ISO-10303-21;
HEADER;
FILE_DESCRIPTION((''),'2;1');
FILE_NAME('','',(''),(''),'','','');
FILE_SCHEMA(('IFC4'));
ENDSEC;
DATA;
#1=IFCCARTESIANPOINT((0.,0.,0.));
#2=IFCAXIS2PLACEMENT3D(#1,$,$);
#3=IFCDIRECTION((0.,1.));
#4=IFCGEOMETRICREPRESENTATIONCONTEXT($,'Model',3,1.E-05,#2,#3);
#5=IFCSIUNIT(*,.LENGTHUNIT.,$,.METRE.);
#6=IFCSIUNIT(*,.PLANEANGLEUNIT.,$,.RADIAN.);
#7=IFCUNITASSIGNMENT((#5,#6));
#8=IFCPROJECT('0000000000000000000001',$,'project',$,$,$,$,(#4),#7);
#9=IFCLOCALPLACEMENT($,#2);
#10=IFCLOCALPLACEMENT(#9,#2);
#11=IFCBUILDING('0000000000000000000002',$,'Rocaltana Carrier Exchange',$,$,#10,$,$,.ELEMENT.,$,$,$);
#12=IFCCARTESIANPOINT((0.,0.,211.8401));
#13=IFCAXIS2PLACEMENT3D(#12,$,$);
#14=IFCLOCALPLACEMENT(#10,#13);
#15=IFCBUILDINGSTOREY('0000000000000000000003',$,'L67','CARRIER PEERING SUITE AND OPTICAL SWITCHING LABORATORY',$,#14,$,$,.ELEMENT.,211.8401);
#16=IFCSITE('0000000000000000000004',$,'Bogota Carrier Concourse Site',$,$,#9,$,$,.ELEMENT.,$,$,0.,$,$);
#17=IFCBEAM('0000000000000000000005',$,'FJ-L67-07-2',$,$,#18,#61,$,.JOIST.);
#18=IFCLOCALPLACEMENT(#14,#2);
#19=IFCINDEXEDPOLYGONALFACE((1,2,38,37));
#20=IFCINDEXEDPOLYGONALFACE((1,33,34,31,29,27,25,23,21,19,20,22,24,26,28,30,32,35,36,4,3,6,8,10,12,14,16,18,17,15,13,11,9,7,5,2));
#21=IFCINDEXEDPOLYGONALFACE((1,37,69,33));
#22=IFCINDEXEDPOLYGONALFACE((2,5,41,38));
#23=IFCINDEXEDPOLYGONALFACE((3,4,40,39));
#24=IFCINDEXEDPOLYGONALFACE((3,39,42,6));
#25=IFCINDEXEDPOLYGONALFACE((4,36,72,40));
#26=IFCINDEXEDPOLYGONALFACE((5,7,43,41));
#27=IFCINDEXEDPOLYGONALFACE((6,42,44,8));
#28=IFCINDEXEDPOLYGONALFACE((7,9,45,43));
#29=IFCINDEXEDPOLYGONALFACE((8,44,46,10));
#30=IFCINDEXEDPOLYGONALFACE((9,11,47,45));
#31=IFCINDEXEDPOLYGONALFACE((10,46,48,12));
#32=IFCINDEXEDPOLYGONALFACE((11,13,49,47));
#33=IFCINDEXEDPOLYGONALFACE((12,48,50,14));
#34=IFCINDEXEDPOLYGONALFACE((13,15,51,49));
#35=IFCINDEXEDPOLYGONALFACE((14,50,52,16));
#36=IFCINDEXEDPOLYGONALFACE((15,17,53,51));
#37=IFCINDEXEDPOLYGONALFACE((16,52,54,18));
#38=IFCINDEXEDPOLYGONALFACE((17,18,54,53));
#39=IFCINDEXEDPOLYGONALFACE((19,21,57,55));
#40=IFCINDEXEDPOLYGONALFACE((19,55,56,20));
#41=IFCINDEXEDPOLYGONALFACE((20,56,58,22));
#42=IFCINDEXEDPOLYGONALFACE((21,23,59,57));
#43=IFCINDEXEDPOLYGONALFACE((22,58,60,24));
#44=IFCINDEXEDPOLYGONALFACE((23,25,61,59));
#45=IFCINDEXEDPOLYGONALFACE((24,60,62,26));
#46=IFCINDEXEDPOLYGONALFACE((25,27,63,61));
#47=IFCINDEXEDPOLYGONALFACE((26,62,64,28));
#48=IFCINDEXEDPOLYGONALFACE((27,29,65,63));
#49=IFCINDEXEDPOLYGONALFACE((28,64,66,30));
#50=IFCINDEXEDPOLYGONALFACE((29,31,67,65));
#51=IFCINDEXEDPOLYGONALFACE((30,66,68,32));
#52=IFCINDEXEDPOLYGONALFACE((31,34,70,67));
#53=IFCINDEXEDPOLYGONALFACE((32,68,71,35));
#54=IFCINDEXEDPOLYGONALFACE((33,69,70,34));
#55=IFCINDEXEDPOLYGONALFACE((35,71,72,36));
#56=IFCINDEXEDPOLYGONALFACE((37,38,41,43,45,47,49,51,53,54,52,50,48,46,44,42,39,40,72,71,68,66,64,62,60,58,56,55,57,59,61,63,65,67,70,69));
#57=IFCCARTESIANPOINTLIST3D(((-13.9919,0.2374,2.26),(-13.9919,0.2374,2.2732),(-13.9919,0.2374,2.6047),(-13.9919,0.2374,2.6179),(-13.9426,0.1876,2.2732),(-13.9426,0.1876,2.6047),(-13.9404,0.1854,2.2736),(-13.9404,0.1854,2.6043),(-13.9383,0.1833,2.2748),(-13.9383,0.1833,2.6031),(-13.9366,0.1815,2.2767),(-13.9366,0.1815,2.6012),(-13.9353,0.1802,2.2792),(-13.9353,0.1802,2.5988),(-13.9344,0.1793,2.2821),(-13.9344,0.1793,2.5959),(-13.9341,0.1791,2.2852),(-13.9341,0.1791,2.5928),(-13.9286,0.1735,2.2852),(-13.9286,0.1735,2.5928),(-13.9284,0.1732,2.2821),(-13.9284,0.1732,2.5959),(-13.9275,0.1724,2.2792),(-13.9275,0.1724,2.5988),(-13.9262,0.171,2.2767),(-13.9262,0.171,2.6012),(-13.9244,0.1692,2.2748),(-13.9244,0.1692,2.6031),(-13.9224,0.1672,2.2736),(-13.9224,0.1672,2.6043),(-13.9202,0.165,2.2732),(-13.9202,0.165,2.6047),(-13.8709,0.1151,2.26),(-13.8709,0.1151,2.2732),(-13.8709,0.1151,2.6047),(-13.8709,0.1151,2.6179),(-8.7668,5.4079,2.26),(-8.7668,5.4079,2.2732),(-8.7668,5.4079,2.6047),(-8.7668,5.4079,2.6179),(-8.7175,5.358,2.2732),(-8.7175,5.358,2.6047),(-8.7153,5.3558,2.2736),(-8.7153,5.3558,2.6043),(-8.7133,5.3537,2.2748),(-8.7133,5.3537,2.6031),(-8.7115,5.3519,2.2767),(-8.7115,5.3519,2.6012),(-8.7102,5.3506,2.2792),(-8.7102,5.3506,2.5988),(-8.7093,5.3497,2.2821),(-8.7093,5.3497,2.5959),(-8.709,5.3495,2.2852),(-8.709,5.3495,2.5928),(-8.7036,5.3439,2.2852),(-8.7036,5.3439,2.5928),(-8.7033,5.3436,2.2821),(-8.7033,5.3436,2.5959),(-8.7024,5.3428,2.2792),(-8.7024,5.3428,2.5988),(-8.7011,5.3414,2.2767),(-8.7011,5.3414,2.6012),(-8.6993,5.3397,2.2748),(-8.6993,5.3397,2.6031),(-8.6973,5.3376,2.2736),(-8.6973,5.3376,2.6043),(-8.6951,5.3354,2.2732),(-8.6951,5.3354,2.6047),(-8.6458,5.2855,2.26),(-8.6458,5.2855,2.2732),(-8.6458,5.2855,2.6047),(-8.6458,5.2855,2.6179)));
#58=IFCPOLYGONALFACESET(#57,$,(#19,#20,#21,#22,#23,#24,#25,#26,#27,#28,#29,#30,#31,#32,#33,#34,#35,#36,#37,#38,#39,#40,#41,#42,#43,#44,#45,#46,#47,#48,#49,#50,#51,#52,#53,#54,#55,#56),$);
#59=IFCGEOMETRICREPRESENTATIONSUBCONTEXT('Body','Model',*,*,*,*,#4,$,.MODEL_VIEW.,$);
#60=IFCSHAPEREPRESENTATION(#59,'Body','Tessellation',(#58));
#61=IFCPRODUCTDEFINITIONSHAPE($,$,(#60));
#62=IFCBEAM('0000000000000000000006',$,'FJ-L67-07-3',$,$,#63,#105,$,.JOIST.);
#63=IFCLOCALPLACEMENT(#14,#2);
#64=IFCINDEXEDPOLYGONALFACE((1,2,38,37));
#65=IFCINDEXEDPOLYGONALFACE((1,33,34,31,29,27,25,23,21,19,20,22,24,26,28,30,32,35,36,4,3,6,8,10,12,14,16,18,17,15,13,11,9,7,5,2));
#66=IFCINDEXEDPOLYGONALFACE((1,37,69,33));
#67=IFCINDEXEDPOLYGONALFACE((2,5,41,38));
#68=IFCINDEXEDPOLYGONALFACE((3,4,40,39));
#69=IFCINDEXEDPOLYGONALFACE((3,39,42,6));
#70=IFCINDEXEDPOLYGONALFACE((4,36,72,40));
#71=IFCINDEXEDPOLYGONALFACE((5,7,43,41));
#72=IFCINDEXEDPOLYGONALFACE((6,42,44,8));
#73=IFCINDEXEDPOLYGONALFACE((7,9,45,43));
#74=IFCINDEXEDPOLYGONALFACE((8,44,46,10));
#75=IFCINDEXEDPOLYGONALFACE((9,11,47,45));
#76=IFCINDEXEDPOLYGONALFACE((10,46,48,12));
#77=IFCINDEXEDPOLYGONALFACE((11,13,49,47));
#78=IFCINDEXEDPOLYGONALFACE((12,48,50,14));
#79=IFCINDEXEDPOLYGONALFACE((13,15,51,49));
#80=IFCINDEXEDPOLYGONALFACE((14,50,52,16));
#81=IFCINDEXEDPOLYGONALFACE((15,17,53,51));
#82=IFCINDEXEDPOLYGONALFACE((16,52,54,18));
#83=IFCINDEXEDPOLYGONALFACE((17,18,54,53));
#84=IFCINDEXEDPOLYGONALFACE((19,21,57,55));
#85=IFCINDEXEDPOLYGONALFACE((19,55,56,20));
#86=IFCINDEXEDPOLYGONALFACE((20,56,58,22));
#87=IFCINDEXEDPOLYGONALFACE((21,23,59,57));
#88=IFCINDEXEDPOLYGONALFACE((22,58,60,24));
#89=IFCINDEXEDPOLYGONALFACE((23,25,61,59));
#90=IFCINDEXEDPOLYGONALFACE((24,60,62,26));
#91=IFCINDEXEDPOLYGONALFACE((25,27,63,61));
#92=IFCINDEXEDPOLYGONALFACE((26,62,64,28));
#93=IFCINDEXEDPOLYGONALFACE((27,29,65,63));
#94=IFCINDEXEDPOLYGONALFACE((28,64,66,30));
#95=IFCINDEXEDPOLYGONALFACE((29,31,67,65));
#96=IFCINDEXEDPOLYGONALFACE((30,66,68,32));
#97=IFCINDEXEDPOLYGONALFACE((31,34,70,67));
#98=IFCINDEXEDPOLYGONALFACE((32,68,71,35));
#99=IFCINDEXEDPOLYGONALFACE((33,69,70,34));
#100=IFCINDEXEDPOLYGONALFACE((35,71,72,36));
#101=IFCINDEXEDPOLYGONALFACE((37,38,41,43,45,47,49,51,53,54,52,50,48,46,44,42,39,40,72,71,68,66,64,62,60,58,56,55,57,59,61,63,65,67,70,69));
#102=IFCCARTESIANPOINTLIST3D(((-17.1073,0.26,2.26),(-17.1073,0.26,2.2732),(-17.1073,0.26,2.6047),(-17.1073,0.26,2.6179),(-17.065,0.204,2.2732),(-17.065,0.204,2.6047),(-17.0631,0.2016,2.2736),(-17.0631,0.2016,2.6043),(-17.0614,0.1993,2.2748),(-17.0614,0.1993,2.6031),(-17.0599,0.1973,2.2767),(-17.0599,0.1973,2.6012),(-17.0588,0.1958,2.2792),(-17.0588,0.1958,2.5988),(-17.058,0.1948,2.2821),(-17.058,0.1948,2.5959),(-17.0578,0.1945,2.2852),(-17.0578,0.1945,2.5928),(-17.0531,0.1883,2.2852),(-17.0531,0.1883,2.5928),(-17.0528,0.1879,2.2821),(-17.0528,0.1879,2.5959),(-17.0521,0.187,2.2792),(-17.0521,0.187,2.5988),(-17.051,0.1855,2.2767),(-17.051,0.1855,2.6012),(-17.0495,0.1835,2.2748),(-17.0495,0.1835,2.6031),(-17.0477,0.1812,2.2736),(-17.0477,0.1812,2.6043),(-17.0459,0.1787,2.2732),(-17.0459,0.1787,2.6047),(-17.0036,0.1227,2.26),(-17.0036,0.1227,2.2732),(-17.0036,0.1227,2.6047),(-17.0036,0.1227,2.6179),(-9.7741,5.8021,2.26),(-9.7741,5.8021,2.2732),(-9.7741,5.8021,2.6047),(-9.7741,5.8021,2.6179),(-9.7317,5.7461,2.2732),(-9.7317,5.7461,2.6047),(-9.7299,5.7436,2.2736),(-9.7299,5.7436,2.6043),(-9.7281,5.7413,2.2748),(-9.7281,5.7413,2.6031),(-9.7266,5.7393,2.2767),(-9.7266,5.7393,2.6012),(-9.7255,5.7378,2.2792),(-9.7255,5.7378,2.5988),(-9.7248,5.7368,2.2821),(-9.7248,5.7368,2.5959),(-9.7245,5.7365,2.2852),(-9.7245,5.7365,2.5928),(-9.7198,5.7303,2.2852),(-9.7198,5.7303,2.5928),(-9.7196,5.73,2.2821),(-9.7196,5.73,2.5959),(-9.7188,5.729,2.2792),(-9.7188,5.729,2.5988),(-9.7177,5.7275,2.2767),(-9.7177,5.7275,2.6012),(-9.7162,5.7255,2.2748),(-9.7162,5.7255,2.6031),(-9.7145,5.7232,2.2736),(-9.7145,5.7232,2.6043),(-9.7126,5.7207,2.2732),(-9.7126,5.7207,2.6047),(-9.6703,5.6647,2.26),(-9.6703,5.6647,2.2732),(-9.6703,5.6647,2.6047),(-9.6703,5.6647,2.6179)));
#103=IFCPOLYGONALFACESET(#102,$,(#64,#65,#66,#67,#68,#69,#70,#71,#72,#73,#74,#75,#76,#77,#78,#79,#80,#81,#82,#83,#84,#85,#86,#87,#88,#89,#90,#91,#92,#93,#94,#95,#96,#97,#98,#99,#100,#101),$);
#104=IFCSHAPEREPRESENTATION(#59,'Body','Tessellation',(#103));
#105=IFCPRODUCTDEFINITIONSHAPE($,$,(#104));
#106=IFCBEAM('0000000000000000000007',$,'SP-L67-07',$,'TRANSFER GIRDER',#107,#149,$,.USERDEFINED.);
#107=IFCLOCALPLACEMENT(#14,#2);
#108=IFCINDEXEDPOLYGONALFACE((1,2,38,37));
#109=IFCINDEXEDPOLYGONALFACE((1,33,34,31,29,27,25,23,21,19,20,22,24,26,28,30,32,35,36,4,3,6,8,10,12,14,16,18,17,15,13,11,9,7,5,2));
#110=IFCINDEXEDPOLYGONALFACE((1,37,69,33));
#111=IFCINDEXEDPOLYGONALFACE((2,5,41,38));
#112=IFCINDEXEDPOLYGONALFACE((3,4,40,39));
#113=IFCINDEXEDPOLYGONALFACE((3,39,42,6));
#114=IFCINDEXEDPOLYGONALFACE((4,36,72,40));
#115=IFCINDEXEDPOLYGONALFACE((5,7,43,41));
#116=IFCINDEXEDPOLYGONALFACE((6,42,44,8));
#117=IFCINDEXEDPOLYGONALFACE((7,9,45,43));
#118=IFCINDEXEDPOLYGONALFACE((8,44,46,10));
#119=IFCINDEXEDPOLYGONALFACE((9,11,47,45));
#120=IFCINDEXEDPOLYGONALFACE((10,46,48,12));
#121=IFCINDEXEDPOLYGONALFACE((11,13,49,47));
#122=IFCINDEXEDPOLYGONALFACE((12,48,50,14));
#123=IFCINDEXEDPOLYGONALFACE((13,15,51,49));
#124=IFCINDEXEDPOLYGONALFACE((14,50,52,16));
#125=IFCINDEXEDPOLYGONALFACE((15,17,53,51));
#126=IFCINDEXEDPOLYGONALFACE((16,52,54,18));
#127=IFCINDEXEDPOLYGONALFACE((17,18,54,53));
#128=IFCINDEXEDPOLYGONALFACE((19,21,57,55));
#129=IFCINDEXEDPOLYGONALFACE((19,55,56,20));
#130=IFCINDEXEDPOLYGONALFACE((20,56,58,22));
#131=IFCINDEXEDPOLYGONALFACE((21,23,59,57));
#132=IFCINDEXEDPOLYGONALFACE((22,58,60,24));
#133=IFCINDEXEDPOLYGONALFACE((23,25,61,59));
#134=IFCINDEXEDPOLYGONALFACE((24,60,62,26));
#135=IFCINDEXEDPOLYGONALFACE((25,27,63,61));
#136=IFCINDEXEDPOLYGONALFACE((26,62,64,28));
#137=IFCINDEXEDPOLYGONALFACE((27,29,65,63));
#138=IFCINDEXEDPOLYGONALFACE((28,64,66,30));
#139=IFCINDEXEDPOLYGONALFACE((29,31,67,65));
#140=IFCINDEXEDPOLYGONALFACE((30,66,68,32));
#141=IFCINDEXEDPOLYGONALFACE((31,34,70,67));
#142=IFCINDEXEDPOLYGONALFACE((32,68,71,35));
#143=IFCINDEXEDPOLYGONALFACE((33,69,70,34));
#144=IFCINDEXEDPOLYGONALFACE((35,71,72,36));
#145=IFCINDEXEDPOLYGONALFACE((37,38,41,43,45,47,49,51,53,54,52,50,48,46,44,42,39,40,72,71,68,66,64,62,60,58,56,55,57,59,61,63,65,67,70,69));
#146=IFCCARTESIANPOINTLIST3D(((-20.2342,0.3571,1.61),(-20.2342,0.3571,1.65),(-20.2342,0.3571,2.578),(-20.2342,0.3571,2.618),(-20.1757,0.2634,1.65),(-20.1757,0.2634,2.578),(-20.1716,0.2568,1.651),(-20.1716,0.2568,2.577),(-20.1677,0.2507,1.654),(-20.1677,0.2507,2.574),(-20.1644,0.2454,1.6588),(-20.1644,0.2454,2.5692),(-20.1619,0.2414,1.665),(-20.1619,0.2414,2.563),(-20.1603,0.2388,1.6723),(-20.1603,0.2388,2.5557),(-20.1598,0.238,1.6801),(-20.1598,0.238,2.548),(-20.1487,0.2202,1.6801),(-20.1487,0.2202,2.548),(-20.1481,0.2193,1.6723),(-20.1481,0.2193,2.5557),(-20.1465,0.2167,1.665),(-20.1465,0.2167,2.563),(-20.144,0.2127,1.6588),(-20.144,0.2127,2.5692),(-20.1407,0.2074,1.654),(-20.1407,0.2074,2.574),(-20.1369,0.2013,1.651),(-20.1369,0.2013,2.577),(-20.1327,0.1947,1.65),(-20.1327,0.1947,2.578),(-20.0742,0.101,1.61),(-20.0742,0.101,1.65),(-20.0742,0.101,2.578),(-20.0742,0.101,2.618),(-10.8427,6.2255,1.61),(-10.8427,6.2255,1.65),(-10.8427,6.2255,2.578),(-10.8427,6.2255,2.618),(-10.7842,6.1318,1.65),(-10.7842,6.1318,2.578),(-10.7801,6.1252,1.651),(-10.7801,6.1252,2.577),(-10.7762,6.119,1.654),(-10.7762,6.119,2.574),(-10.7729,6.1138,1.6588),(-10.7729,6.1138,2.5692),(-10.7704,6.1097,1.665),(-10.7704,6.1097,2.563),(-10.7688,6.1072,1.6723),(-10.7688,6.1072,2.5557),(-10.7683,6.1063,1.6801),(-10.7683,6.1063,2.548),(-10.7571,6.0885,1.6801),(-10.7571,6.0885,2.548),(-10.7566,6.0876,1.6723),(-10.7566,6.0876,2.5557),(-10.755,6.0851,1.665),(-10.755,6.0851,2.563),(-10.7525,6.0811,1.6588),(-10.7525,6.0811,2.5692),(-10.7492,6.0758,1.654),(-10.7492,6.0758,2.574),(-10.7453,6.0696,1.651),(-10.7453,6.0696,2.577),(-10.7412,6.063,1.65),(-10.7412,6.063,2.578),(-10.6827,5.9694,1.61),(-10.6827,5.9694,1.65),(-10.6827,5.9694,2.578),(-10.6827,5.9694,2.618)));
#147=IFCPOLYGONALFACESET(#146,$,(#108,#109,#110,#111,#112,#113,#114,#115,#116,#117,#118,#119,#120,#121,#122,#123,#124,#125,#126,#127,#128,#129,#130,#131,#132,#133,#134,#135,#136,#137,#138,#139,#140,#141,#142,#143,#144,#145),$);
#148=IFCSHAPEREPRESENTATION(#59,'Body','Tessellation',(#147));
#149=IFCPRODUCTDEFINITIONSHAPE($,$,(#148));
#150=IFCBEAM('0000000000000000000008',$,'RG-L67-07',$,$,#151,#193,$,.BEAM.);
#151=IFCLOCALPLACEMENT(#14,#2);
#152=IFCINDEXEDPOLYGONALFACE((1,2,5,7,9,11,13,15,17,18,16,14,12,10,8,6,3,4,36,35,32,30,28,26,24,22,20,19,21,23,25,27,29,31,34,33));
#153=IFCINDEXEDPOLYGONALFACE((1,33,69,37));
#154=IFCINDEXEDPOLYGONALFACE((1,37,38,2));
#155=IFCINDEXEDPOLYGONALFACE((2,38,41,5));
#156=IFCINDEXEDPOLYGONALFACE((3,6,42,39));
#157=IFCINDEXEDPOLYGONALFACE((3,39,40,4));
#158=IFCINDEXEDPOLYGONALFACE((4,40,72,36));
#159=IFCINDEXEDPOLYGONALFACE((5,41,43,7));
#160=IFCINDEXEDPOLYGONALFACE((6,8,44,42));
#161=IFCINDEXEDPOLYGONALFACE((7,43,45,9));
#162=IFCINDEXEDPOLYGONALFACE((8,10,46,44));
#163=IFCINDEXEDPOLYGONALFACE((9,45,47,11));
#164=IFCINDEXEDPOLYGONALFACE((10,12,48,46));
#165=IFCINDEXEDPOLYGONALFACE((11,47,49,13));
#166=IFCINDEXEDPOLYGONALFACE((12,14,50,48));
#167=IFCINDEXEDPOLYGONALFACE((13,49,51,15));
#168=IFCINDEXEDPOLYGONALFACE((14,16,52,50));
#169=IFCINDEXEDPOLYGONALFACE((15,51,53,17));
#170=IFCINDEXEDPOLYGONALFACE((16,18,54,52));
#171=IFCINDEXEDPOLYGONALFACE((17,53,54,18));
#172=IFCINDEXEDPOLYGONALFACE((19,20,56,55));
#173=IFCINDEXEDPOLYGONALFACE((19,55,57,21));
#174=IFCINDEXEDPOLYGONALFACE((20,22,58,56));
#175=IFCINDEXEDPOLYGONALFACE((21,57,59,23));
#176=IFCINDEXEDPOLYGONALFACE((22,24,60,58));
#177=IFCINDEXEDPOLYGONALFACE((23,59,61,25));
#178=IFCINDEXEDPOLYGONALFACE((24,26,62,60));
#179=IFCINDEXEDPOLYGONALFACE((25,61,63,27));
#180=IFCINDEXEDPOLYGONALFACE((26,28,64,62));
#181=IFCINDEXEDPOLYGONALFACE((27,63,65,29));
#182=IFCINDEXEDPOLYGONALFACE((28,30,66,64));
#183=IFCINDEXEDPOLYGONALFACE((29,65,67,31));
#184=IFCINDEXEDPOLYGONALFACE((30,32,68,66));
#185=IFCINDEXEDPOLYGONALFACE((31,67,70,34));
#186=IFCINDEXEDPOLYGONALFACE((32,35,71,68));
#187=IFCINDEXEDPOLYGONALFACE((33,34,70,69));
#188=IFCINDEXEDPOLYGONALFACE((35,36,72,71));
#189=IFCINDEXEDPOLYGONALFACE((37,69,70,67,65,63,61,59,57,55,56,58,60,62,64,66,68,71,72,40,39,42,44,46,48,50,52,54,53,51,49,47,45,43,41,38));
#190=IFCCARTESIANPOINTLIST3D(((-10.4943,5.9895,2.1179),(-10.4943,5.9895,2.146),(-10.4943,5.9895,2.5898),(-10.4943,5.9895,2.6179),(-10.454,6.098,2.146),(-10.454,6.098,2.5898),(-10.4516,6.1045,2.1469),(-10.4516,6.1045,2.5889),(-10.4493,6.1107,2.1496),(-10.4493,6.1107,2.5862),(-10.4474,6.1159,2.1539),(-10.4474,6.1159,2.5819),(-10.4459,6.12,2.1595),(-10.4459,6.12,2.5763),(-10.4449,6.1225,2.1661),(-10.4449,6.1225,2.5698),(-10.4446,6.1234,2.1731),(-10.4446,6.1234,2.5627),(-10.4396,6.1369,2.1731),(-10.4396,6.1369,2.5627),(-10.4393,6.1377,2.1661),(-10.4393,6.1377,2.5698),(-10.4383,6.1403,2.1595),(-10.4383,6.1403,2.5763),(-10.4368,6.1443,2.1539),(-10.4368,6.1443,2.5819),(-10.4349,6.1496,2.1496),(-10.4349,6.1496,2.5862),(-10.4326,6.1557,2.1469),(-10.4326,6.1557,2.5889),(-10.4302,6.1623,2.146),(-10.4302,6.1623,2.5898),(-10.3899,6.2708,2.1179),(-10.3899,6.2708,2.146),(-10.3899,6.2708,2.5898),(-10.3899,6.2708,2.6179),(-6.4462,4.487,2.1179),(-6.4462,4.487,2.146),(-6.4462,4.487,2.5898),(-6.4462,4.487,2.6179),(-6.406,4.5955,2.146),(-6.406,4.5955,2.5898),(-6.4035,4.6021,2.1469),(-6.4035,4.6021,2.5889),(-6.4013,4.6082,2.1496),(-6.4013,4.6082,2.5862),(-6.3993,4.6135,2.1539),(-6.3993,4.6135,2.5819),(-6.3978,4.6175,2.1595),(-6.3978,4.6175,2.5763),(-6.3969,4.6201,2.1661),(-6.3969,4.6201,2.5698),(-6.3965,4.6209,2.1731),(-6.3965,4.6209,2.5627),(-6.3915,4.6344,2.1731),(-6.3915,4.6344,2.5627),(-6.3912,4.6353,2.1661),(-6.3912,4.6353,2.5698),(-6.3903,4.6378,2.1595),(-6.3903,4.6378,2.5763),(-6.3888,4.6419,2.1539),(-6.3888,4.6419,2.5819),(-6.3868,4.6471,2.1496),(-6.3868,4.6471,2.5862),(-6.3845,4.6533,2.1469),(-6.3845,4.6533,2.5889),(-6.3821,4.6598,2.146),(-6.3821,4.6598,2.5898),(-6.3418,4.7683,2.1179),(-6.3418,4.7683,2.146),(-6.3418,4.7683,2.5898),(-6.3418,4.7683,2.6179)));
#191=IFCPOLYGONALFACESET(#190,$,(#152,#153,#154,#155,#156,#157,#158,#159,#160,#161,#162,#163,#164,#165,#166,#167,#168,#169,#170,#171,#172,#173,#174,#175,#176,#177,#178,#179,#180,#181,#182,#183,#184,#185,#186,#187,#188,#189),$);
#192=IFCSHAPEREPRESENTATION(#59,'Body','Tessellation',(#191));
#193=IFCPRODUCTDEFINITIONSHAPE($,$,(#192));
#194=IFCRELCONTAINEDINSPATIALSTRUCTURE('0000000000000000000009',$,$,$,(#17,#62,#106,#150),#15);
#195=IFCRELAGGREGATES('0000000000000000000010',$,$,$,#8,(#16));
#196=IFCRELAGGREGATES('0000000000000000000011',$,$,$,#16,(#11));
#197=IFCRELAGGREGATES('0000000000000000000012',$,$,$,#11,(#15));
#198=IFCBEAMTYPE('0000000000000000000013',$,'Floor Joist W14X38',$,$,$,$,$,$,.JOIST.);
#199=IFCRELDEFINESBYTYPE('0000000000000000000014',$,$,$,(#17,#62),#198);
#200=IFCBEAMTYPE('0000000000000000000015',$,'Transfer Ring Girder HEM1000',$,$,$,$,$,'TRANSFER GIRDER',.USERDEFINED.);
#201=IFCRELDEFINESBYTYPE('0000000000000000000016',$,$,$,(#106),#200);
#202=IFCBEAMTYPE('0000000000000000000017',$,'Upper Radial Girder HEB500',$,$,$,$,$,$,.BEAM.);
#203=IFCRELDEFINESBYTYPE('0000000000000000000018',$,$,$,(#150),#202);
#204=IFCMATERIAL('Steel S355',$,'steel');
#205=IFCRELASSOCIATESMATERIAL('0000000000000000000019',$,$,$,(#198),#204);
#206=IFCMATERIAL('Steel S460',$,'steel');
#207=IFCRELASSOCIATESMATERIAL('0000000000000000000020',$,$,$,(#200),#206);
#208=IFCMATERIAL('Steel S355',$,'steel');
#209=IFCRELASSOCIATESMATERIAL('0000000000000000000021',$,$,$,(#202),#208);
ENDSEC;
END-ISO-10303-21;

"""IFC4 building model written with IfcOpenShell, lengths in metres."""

from ifc_helpers import new_model, si_unit, direction, frame, origin, origin_2d, place, context, subcontext, project, spatial, i_section, extrude, material, material_profile, profile_set, type_object, element, save


model = new_model("IFC4")

# Units and contexts
model_context = context("Model", 3, precision=1e-05, world=origin(), true_north=direction((0.0, 1.0)))
body_context = subcontext(model_context, "Body", "Model", "MODEL_VIEW")
ifc_project = project(units=[si_unit("LENGTHUNIT", "METRE"), si_unit("PLANEANGLEUNIT", "RADIAN")], contexts=[model_context])

# Site, building, storey
site_placement = place(None, origin())
site = spatial("IfcSite", under=ifc_project, at=site_placement, Name="Bogota Carrier Concourse Site", CompositionType="ELEMENT", RefElevation=0.0)
building_placement = place(site_placement, origin())
building = spatial("IfcBuilding", under=site, at=building_placement, Name="Rocaltana Carrier Exchange", CompositionType="ELEMENT")
storey_placement = place(building_placement, frame((0.0, 0.0, 211.8401)))
storey = spatial("IfcBuildingStorey", under=building, at=storey_placement, Name="L67", Description="CARRIER PEERING SUITE AND OPTICAL SWITCHING LABORATORY", CompositionType="ELEMENT", Elevation=211.8401)

# Beams
ifc_material_1 = material(Name="Steel S355", Category="steel")
ifc_material_profile_1 = material_profile(ifc_material_1, i_section(OverallWidth=0.1721, OverallDepth=0.3579, WebThickness=0.0078, FlangeThickness=0.0132, FilletRadius=0.012, at=origin_2d()), Name="W14X38")
ifc_profile_set_1 = profile_set([ifc_material_profile_1], Name="Steel S355")
beam_type_1 = type_object("IfcBeamType", Name="Floor Joist W14X38", PredefinedType="JOIST", material=ifc_profile_set_1)
beam_1_placement = place(storey_placement, frame((-8.7063, 5.3467, 2.439), z_axis=(-0.710817, -0.703377, 0.0), x_axis=(0.703377, -0.710817, 0.0)))
element("IfcBeam", 1, at=beam_1_placement, inside=storey, type_object=beam_type_1, Name="FJ-L67-07-2", PredefinedType="JOIST", context=body_context, shape_type="SweptSolid", body=[
    extrude(i_section(OverallWidth=0.1721, OverallDepth=0.3579, WebThickness=0.0078, FlangeThickness=0.0132, FilletRadius=0.012, at=origin_2d()), origin(), (0.0, 0.0, 1.0), 7.3508),
])
beam_2_placement = place(storey_placement, frame((-9.7222, 5.7334, 2.439), z_axis=(-0.797799, -0.602924, 0.0), x_axis=(0.602924, -0.797799, 0.0)))
element("IfcBeam", 2, at=beam_2_placement, inside=storey, type_object=beam_type_1, Name="FJ-L67-07-3", PredefinedType="JOIST", context=body_context, shape_type="SweptSolid", body=[
    extrude(i_section(OverallWidth=0.1721, OverallDepth=0.3579, WebThickness=0.0078, FlangeThickness=0.0132, FilletRadius=0.012, at=origin_2d()), origin(), (0.0, 0.0, 1.0), 9.1919),
])
ifc_material_2 = material(Name="Steel S460", Category="steel")
ifc_material_profile_2 = material_profile(ifc_material_2, i_section(OverallWidth=0.302, OverallDepth=1.0081, WebThickness=0.021, FlangeThickness=0.04, FilletRadius=0.03, at=origin_2d()), Name="HEM1000")
ifc_profile_set_2 = profile_set([ifc_material_profile_2], Name="Steel S460")
beam_type_2 = type_object("IfcBeamType", Name="Transfer Ring Girder HEM1000", ElementType="TRANSFER GIRDER", PredefinedType="USERDEFINED", material=ifc_profile_set_2)
beam_3_placement = place(storey_placement, frame((-10.7627, 6.0974, 2.114), z_axis=(-0.848053, -0.529912, 0.0), x_axis=(0.529912, -0.848053, 0.0)))
element("IfcBeam", 3, at=beam_3_placement, inside=storey, type_object=beam_type_2, Name="SP-L67-07", ObjectType="TRANSFER GIRDER", PredefinedType="USERDEFINED", context=body_context, shape_type="SweptSolid", body=[
    extrude(i_section(OverallWidth=0.302, OverallDepth=1.0081, WebThickness=0.021, FlangeThickness=0.04, FilletRadius=0.03, at=origin_2d()), origin(), (0.0, 0.0, 1.0), 11.0742),
])
ifc_material_3 = material(Name="Steel S355", Category="steel")
ifc_material_profile_3 = material_profile(ifc_material_3, i_section(OverallWidth=0.3, OverallDepth=0.5, WebThickness=0.0144, FlangeThickness=0.0281, FilletRadius=0.0271, at=origin_2d()), Name="HEB500")
ifc_profile_set_3 = profile_set([ifc_material_profile_3], Name="Steel S355")
beam_type_3 = type_object("IfcBeamType", Name="Upper Radial Girder HEB500", PredefinedType="BEAM", material=ifc_profile_set_3)
beam_4_placement = place(storey_placement, frame((-6.394, 4.6277, 2.3679), z_axis=(-0.937511, 0.347955, 0.0), x_axis=(-0.347955, -0.937511, 0.0)))
element("IfcBeam", 4, at=beam_4_placement, inside=storey, type_object=beam_type_3, Name="RG-L67-07", PredefinedType="BEAM", context=body_context, shape_type="SweptSolid", body=[
    extrude(i_section(OverallWidth=0.3, OverallDepth=0.5, WebThickness=0.0144, FlangeThickness=0.0281, FilletRadius=0.0271, at=origin_2d()), origin(), (0.0, 0.0, 1.0), 4.3179),
])

save(model, "model.ifc")
